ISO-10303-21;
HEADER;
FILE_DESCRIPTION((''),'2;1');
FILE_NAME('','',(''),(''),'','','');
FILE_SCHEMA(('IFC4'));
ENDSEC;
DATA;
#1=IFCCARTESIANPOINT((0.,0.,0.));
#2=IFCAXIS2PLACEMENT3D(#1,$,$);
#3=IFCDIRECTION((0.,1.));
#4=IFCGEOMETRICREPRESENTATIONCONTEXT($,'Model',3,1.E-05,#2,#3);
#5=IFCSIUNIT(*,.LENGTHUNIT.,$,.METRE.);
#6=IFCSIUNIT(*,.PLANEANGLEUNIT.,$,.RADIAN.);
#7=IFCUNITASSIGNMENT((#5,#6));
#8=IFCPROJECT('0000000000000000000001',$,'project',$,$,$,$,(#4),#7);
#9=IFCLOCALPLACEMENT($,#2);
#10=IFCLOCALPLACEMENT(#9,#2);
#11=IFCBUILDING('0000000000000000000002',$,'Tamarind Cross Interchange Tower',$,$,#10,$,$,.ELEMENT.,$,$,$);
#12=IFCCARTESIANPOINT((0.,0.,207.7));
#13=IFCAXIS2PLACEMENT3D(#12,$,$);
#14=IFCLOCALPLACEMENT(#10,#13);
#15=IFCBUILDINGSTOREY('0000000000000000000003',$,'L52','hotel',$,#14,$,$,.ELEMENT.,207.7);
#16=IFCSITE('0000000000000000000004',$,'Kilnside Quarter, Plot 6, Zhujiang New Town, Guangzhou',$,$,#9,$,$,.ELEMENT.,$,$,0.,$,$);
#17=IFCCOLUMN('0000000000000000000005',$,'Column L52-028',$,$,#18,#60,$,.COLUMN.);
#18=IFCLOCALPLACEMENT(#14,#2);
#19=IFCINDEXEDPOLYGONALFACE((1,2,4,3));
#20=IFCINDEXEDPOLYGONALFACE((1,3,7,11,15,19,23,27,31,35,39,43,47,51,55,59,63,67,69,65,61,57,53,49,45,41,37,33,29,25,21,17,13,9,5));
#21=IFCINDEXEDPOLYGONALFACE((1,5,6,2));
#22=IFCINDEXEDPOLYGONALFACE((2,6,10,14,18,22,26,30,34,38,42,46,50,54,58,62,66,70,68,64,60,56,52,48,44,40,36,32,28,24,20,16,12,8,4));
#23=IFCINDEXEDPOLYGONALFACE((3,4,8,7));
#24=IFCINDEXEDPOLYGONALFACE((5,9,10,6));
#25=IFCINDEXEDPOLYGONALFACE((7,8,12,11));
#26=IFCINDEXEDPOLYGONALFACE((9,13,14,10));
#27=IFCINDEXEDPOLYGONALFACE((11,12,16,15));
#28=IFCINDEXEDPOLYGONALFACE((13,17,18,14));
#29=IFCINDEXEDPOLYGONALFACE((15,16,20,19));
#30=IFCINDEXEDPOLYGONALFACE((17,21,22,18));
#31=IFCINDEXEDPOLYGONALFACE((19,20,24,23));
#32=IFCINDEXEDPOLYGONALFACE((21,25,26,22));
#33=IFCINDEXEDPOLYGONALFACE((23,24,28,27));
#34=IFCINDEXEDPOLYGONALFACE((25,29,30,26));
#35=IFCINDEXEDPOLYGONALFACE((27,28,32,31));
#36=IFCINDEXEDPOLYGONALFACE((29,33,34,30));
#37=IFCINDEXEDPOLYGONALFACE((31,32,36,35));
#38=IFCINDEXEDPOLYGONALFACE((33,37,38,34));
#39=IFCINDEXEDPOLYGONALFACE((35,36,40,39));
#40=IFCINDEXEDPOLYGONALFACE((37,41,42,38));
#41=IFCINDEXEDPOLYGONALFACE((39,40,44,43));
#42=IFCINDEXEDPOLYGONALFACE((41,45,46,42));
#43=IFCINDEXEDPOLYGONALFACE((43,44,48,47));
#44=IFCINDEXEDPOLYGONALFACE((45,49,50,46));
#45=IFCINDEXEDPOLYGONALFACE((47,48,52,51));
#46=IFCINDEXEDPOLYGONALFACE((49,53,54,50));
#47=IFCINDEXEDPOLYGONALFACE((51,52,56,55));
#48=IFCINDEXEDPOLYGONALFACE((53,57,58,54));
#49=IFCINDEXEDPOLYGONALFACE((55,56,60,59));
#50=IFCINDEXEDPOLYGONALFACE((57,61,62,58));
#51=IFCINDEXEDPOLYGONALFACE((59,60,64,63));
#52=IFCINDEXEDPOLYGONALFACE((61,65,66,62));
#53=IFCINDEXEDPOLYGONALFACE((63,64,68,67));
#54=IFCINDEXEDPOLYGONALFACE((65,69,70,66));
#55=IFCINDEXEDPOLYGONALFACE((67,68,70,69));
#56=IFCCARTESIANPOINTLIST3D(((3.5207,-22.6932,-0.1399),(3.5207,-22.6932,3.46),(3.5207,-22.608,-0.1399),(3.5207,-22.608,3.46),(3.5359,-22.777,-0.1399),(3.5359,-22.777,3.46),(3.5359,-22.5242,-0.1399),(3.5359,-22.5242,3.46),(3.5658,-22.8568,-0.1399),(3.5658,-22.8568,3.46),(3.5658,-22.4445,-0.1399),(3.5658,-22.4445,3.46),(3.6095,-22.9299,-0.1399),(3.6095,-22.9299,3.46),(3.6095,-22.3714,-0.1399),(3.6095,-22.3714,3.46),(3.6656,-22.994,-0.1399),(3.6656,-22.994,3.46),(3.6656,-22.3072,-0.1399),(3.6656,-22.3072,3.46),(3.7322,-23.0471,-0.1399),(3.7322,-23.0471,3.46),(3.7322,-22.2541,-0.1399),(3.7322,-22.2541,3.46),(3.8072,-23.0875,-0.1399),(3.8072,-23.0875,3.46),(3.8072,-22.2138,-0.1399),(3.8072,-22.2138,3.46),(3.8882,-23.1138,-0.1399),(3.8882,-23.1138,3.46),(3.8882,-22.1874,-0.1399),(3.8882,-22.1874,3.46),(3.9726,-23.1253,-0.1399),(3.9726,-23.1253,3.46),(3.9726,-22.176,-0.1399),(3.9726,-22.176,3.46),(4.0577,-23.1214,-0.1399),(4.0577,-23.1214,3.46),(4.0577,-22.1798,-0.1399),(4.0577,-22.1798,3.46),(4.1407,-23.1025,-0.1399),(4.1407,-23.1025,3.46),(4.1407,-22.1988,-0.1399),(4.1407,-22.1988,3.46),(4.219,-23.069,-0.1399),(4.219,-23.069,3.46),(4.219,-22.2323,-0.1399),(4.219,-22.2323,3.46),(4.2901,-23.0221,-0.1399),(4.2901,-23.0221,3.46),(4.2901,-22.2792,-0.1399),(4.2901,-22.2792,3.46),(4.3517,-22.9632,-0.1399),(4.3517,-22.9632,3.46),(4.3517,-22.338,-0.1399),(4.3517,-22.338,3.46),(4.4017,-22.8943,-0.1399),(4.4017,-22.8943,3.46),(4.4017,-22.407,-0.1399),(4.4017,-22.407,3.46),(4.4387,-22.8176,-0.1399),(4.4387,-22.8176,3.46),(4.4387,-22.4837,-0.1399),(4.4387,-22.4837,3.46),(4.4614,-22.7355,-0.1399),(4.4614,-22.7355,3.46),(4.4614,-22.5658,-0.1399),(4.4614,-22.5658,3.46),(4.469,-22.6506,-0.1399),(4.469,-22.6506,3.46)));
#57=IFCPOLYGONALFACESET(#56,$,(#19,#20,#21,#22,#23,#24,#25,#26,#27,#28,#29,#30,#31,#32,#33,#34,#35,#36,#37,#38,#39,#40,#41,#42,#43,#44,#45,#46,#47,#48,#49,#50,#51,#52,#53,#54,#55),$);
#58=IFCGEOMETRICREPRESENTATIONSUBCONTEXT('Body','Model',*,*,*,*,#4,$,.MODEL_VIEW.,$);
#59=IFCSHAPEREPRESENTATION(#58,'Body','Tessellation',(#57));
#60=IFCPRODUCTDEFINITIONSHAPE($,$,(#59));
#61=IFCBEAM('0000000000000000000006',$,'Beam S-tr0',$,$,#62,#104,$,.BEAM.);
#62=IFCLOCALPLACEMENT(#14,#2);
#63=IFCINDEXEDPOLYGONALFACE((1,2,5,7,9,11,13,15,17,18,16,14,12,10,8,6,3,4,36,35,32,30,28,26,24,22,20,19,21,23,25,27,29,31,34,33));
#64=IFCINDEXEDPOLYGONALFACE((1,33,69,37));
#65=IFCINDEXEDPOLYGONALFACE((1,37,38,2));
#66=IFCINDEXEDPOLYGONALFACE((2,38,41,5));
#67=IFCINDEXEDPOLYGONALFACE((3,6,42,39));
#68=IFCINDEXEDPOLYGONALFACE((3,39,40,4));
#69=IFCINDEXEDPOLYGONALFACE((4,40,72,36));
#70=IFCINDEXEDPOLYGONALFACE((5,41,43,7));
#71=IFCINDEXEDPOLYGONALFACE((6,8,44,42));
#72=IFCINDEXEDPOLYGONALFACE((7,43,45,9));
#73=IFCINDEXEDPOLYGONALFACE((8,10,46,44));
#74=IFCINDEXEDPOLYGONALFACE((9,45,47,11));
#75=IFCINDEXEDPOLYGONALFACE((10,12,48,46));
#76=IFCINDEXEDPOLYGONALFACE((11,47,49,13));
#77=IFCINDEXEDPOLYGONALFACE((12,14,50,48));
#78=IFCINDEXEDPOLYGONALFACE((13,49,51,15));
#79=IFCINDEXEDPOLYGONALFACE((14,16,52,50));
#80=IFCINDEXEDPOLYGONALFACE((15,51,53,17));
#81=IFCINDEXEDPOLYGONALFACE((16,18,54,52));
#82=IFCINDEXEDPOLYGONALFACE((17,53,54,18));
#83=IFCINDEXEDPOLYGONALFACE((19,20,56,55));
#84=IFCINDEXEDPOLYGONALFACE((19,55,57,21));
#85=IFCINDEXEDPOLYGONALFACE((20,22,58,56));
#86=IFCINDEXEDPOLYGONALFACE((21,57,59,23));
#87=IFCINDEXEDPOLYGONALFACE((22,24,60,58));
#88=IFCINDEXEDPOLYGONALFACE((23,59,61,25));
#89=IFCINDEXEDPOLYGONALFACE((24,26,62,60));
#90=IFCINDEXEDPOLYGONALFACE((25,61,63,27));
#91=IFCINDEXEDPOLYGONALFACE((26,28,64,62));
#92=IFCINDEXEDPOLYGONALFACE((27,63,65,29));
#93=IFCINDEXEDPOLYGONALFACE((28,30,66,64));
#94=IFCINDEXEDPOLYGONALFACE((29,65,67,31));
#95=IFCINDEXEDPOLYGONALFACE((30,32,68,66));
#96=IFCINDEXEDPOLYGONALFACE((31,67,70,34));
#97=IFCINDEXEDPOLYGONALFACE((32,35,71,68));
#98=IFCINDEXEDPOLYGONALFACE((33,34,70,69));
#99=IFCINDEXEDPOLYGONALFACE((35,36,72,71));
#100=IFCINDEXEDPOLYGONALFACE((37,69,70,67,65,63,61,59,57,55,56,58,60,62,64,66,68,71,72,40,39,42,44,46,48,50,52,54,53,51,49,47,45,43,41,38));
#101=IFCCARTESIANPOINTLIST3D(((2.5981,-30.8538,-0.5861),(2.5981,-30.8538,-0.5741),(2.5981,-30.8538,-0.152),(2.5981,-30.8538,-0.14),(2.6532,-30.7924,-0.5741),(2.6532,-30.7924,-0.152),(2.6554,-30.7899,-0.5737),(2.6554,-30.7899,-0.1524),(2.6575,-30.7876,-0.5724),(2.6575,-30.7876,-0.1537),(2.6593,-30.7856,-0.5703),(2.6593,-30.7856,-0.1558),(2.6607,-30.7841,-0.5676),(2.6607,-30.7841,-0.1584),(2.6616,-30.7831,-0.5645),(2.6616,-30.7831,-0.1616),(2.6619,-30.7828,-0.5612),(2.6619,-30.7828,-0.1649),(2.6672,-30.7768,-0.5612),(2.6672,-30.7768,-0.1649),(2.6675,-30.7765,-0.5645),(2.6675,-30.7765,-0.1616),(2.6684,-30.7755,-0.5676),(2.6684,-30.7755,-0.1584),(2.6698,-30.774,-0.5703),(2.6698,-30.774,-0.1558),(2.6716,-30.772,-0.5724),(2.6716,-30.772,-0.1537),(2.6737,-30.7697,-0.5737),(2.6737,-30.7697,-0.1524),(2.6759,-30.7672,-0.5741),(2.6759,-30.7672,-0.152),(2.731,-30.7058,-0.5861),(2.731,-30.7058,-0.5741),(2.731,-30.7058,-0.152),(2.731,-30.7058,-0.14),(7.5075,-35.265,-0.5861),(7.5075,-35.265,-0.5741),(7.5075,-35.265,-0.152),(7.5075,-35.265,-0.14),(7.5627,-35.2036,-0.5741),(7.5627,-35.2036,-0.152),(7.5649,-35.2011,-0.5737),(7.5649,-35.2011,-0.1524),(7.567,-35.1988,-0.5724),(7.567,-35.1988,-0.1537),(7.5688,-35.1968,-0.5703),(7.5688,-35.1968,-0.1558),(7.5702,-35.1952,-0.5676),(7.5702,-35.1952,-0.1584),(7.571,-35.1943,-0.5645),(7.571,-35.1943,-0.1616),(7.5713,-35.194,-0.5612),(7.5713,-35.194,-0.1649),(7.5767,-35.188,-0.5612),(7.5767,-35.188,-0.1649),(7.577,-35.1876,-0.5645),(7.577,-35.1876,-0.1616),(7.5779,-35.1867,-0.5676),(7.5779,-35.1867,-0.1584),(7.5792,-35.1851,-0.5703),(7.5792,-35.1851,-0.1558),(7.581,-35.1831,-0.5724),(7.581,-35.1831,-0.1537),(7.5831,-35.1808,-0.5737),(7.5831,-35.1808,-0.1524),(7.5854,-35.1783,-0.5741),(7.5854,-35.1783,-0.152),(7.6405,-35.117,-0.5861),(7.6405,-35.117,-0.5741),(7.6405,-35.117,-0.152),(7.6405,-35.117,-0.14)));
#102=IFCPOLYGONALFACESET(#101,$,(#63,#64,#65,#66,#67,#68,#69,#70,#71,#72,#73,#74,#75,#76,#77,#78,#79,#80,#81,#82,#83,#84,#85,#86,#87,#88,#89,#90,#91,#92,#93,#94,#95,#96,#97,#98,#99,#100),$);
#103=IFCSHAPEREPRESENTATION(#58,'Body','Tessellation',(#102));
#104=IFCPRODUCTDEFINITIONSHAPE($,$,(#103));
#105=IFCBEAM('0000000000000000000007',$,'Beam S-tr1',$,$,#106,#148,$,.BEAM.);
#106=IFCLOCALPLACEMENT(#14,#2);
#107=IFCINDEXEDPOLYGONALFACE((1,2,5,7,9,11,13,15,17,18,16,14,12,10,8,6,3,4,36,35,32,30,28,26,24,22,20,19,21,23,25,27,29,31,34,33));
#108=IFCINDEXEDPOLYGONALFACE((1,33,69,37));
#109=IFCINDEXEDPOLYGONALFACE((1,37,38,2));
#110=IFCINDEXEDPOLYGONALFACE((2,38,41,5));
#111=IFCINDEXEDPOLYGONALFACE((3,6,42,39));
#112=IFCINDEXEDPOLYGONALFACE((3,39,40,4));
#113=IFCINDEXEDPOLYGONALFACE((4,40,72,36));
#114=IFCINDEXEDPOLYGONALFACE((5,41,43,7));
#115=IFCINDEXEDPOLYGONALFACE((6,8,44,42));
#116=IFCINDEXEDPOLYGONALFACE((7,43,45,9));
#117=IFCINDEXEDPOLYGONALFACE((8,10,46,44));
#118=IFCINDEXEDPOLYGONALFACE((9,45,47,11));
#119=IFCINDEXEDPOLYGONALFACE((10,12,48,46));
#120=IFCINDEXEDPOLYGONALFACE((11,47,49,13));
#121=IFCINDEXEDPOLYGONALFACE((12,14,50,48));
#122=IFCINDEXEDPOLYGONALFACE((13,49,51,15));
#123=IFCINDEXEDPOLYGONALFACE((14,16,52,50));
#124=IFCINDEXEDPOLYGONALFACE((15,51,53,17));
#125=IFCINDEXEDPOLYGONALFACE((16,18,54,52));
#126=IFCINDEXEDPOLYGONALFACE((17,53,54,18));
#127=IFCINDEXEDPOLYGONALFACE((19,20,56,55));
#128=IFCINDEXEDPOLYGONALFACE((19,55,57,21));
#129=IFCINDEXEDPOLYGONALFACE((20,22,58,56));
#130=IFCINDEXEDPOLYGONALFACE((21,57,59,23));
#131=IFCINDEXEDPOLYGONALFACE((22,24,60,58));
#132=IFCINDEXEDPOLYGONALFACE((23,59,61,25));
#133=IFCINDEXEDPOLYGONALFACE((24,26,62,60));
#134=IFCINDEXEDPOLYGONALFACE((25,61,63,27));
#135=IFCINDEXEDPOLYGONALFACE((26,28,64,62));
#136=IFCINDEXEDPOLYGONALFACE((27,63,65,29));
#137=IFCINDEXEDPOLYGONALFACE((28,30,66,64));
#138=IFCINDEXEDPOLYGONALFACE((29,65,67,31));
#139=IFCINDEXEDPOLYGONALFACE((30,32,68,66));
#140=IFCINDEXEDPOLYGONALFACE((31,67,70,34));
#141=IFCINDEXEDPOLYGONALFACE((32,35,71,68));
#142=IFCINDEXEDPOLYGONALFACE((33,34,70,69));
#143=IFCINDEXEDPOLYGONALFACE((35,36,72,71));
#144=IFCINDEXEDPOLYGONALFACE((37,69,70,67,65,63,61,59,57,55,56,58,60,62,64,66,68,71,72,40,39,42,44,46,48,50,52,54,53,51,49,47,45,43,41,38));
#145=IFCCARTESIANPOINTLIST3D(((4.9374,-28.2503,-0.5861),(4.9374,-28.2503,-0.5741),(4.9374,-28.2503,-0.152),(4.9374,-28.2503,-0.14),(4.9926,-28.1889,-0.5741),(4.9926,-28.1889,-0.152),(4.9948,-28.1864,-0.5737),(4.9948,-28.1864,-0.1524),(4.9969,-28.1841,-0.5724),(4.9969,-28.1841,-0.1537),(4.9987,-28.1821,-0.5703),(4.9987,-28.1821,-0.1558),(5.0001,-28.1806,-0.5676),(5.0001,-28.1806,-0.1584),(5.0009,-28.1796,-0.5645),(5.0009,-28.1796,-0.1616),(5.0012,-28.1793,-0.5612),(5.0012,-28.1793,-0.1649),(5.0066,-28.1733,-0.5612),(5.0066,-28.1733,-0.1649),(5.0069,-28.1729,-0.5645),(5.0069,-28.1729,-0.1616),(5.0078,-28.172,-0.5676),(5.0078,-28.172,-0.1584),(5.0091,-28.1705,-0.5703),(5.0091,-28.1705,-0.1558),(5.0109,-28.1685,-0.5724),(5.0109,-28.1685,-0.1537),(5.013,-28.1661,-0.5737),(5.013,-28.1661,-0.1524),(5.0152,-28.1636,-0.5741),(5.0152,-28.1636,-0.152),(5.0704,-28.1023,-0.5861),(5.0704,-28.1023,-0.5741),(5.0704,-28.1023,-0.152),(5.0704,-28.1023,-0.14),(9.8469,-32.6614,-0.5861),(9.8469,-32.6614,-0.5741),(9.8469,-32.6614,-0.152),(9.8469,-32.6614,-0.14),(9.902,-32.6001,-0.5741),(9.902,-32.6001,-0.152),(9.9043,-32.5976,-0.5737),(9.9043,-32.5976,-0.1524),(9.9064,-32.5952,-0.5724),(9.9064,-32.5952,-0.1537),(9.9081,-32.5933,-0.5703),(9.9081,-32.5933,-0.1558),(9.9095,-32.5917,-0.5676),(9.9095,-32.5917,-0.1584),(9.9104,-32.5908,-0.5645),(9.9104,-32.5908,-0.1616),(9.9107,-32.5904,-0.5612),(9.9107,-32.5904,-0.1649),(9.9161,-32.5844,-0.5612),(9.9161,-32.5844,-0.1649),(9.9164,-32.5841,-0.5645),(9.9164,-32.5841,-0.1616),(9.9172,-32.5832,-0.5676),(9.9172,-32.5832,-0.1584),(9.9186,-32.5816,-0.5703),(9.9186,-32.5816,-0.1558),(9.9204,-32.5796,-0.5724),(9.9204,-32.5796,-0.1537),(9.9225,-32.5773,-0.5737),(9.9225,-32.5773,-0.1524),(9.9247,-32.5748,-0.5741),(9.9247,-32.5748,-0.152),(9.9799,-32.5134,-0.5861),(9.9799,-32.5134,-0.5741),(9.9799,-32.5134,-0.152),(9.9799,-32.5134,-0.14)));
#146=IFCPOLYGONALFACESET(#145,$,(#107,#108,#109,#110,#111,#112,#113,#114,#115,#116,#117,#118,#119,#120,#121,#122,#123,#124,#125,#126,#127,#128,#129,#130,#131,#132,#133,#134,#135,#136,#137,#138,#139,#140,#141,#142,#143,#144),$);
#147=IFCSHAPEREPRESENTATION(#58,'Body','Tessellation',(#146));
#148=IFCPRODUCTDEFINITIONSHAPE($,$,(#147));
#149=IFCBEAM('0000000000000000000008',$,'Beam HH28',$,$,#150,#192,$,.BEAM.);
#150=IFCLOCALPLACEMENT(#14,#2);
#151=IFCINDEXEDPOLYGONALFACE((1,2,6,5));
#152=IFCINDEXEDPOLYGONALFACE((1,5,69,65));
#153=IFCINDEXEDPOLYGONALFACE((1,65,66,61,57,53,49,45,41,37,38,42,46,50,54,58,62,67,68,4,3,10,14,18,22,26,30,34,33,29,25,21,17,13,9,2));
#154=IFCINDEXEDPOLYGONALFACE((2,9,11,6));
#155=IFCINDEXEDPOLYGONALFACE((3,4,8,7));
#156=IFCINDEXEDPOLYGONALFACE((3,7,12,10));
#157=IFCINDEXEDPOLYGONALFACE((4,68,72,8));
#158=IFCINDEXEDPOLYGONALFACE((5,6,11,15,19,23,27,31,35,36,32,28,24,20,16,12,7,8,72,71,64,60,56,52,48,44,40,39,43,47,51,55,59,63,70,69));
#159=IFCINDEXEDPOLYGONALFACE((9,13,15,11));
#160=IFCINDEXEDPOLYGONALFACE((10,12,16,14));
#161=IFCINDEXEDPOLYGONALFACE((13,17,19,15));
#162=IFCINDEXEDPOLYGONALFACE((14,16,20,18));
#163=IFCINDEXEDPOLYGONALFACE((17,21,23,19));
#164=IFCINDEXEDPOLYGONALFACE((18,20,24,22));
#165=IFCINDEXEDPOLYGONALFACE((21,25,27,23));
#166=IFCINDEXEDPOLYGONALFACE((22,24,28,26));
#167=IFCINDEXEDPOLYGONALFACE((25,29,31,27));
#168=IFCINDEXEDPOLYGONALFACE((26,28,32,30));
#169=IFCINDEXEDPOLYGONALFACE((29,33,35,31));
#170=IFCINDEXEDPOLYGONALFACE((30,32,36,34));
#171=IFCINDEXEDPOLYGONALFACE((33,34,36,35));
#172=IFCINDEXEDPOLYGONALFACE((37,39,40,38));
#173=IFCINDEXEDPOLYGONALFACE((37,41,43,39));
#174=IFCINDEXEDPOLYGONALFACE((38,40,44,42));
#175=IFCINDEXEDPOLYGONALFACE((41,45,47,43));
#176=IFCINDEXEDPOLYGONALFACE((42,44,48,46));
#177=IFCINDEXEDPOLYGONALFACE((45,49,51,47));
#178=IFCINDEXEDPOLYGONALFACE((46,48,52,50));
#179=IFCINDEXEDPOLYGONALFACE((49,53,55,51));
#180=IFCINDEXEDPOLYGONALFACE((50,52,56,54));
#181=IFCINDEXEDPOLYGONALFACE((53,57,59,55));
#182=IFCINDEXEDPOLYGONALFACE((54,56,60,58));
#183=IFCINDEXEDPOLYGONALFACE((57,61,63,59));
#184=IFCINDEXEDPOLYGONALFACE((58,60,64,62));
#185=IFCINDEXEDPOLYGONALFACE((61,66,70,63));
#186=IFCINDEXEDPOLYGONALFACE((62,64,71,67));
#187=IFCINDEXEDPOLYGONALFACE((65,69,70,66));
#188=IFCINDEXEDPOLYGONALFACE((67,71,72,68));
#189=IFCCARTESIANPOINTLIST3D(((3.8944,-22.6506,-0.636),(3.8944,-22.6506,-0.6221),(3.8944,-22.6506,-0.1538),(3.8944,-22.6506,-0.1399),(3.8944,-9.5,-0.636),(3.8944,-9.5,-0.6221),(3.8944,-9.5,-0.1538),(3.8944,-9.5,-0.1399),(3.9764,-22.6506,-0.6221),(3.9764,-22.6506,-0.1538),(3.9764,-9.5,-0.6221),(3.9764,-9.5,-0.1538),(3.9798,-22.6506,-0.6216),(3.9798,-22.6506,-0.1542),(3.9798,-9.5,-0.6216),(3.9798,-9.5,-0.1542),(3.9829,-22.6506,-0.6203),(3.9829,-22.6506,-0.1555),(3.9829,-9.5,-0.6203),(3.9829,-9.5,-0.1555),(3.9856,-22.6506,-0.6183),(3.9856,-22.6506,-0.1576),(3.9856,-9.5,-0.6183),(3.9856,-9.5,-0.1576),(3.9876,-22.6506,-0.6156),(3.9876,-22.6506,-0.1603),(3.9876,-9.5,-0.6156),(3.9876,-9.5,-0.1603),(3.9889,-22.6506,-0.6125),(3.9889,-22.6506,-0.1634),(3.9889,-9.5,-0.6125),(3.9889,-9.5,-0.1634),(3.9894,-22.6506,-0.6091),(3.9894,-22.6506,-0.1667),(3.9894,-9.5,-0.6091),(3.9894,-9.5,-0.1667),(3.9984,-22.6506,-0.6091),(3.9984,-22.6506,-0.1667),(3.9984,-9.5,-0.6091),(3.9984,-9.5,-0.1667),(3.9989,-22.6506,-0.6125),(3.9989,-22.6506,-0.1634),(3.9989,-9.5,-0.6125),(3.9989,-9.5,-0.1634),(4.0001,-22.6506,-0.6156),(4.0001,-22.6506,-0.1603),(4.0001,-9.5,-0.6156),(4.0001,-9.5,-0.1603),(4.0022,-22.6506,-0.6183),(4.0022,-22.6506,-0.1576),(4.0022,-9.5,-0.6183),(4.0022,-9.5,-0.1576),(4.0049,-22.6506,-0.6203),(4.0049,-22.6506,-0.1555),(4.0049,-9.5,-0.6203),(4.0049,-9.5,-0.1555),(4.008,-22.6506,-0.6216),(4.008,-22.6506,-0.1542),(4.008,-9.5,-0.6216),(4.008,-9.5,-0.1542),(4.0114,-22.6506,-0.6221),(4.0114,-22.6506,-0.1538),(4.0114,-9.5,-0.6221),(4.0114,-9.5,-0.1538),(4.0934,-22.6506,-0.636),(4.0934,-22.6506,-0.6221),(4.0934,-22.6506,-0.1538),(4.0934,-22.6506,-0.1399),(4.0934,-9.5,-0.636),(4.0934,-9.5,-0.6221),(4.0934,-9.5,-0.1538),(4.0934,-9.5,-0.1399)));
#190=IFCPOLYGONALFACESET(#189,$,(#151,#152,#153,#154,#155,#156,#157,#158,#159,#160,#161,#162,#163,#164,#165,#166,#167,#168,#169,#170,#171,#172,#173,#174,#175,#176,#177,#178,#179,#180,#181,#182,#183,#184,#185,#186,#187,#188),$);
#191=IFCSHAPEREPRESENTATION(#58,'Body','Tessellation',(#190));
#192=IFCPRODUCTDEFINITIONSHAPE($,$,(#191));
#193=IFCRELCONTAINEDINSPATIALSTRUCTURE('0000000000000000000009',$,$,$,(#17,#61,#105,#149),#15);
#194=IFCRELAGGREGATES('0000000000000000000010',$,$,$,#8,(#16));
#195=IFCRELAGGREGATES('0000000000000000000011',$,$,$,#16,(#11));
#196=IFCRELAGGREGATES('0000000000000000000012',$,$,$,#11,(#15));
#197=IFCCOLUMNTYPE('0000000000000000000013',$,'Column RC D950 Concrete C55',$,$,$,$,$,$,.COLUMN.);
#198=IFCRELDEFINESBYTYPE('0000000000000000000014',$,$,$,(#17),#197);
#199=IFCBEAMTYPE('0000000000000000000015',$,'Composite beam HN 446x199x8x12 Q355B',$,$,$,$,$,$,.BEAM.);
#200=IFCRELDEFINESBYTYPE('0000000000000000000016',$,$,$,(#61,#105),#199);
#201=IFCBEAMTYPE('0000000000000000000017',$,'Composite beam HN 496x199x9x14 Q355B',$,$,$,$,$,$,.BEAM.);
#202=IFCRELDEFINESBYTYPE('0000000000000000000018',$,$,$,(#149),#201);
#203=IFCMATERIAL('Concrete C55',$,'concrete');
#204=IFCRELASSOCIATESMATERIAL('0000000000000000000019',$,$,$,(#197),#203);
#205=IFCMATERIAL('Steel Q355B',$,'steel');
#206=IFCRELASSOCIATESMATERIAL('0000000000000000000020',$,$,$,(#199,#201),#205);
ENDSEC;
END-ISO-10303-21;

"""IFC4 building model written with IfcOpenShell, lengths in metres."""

from ifc_helpers import new_model, si_unit, direction, frame, origin, origin_2d, place, context, subcontext, project, spatial, circle, i_section, extrude, material, material_profile, profile_set, type_object, element, save


model = new_model("IFC4")

# Units and contexts
model_context = context("Model", 3, precision=1e-05, world=origin(), true_north=direction((0.0, 1.0)))
body_context = subcontext(model_context, "Body", "Model", "MODEL_VIEW")
ifc_project = project(units=[si_unit("LENGTHUNIT", "METRE"), si_unit("PLANEANGLEUNIT", "RADIAN")], contexts=[model_context])

# Site, building, storey
site_placement = place(None, origin())
site = spatial("IfcSite", under=ifc_project, at=site_placement, Name="Kilnside Quarter, Plot 6, Zhujiang New Town, Guangzhou", CompositionType="ELEMENT", RefElevation=0.0)
building_placement = place(site_placement, origin())
building = spatial("IfcBuilding", under=site, at=building_placement, Name="Tamarind Cross Interchange Tower", CompositionType="ELEMENT")
storey_placement = place(building_placement, frame((0.0, 0.0, 207.7)))
storey = spatial("IfcBuildingStorey", under=building, at=storey_placement, Name="L52", Description="hotel", CompositionType="ELEMENT", Elevation=207.7)

# Column
ifc_material_1 = material(Name="Concrete C55", Category="concrete")
ifc_material_profile_1 = material_profile(ifc_material_1, circle(Radius=0.4751, at=origin_2d()), Name="RC D950")
ifc_profile_set_1 = profile_set([ifc_material_profile_1], Name="Concrete C55")
column_type = type_object("IfcColumnType", Name="Column RC D950 Concrete C55", PredefinedType="COLUMN", material=ifc_profile_set_1)
column_placement = place(storey_placement, frame((3.9939, -22.6506, -0.1399), z_axis=(0.0, 0.0, 1.0), x_axis=(1.0, 0.0, 0.0)))
element("IfcColumn", 1, at=column_placement, inside=storey, type_object=column_type, Name="Column L52-028", PredefinedType="COLUMN", context=body_context, shape_type="SweptSolid", body=[
    extrude(circle(Radius=0.4751, at=origin_2d()), origin(), (0.0, 0.0, 1.0), 3.5999),
])

# Beams
ifc_material_2 = material(Name="Steel Q355B", Category="steel")
ifc_material_profile_2 = material_profile(ifc_material_2, i_section(OverallWidth=0.199, OverallDepth=0.446, WebThickness=0.0081, FlangeThickness=0.012, FilletRadius=0.0129, at=origin_2d()), Name="HN 446x199x8x12")
ifc_profile_set_2 = profile_set([ifc_material_profile_2], Name="Steel Q355B")
beam_type_1 = type_object("IfcBeamType", Name="Composite beam HN 446x199x8x12 Q355B", PredefinedType="BEAM", material=ifc_profile_set_2)
for number, where, z_axis, x_axis, name in (
    (2, (2.6646, -30.7798, -0.363), (0.743848, -0.668349, 0.0), (0.668349, 0.743848, 0.0), "Beam S-tr0"),
    (3, (5.0039, -28.1763, -0.363), (0.743848, -0.668349, 0.0), (0.668349, 0.743848, 0.0), "Beam S-tr1"),
):
    element("IfcBeam", number, at=place(storey_placement, frame(where, z_axis=z_axis, x_axis=x_axis)), inside=storey, type_object=beam_type_1, Name=name, PredefinedType="BEAM", context=body_context, shape_type="SweptSolid", body=[
        extrude(i_section(OverallWidth=0.199, OverallDepth=0.446, WebThickness=0.0081, FlangeThickness=0.012, FilletRadius=0.0129, at=origin_2d()), origin(), (0.0, 0.0, 1.0), 6.6001),
    ])
ifc_material_profile_3 = material_profile(ifc_material_2, i_section(OverallWidth=0.199, OverallDepth=0.4961, WebThickness=0.009, FlangeThickness=0.0139, FilletRadius=0.0129, at=origin_2d()), Name="HN 496x199x9x14")
ifc_profile_set_3 = profile_set([ifc_material_profile_3], Name="Steel Q355B")
beam_type_2 = type_object("IfcBeamType", Name="Composite beam HN 496x199x9x14 Q355B", PredefinedType="BEAM", material=ifc_profile_set_3)
beam_placement = place(storey_placement, frame((3.9939, -22.6506, -0.3879), z_axis=(0.0, 1.0, 0.0), x_axis=(-1.0, 0.0, 0.0)))
element("IfcBeam", 4, at=beam_placement, inside=storey, type_object=beam_type_2, Name="Beam HH28", PredefinedType="BEAM", context=body_context, shape_type="SweptSolid", body=[
    extrude(i_section(OverallWidth=0.199, OverallDepth=0.4961, WebThickness=0.009, FlangeThickness=0.0139, FilletRadius=0.0129, at=origin_2d()), origin(), (0.0, 0.0, 1.0), 13.1506),
])

save(model, "model.ifc")
